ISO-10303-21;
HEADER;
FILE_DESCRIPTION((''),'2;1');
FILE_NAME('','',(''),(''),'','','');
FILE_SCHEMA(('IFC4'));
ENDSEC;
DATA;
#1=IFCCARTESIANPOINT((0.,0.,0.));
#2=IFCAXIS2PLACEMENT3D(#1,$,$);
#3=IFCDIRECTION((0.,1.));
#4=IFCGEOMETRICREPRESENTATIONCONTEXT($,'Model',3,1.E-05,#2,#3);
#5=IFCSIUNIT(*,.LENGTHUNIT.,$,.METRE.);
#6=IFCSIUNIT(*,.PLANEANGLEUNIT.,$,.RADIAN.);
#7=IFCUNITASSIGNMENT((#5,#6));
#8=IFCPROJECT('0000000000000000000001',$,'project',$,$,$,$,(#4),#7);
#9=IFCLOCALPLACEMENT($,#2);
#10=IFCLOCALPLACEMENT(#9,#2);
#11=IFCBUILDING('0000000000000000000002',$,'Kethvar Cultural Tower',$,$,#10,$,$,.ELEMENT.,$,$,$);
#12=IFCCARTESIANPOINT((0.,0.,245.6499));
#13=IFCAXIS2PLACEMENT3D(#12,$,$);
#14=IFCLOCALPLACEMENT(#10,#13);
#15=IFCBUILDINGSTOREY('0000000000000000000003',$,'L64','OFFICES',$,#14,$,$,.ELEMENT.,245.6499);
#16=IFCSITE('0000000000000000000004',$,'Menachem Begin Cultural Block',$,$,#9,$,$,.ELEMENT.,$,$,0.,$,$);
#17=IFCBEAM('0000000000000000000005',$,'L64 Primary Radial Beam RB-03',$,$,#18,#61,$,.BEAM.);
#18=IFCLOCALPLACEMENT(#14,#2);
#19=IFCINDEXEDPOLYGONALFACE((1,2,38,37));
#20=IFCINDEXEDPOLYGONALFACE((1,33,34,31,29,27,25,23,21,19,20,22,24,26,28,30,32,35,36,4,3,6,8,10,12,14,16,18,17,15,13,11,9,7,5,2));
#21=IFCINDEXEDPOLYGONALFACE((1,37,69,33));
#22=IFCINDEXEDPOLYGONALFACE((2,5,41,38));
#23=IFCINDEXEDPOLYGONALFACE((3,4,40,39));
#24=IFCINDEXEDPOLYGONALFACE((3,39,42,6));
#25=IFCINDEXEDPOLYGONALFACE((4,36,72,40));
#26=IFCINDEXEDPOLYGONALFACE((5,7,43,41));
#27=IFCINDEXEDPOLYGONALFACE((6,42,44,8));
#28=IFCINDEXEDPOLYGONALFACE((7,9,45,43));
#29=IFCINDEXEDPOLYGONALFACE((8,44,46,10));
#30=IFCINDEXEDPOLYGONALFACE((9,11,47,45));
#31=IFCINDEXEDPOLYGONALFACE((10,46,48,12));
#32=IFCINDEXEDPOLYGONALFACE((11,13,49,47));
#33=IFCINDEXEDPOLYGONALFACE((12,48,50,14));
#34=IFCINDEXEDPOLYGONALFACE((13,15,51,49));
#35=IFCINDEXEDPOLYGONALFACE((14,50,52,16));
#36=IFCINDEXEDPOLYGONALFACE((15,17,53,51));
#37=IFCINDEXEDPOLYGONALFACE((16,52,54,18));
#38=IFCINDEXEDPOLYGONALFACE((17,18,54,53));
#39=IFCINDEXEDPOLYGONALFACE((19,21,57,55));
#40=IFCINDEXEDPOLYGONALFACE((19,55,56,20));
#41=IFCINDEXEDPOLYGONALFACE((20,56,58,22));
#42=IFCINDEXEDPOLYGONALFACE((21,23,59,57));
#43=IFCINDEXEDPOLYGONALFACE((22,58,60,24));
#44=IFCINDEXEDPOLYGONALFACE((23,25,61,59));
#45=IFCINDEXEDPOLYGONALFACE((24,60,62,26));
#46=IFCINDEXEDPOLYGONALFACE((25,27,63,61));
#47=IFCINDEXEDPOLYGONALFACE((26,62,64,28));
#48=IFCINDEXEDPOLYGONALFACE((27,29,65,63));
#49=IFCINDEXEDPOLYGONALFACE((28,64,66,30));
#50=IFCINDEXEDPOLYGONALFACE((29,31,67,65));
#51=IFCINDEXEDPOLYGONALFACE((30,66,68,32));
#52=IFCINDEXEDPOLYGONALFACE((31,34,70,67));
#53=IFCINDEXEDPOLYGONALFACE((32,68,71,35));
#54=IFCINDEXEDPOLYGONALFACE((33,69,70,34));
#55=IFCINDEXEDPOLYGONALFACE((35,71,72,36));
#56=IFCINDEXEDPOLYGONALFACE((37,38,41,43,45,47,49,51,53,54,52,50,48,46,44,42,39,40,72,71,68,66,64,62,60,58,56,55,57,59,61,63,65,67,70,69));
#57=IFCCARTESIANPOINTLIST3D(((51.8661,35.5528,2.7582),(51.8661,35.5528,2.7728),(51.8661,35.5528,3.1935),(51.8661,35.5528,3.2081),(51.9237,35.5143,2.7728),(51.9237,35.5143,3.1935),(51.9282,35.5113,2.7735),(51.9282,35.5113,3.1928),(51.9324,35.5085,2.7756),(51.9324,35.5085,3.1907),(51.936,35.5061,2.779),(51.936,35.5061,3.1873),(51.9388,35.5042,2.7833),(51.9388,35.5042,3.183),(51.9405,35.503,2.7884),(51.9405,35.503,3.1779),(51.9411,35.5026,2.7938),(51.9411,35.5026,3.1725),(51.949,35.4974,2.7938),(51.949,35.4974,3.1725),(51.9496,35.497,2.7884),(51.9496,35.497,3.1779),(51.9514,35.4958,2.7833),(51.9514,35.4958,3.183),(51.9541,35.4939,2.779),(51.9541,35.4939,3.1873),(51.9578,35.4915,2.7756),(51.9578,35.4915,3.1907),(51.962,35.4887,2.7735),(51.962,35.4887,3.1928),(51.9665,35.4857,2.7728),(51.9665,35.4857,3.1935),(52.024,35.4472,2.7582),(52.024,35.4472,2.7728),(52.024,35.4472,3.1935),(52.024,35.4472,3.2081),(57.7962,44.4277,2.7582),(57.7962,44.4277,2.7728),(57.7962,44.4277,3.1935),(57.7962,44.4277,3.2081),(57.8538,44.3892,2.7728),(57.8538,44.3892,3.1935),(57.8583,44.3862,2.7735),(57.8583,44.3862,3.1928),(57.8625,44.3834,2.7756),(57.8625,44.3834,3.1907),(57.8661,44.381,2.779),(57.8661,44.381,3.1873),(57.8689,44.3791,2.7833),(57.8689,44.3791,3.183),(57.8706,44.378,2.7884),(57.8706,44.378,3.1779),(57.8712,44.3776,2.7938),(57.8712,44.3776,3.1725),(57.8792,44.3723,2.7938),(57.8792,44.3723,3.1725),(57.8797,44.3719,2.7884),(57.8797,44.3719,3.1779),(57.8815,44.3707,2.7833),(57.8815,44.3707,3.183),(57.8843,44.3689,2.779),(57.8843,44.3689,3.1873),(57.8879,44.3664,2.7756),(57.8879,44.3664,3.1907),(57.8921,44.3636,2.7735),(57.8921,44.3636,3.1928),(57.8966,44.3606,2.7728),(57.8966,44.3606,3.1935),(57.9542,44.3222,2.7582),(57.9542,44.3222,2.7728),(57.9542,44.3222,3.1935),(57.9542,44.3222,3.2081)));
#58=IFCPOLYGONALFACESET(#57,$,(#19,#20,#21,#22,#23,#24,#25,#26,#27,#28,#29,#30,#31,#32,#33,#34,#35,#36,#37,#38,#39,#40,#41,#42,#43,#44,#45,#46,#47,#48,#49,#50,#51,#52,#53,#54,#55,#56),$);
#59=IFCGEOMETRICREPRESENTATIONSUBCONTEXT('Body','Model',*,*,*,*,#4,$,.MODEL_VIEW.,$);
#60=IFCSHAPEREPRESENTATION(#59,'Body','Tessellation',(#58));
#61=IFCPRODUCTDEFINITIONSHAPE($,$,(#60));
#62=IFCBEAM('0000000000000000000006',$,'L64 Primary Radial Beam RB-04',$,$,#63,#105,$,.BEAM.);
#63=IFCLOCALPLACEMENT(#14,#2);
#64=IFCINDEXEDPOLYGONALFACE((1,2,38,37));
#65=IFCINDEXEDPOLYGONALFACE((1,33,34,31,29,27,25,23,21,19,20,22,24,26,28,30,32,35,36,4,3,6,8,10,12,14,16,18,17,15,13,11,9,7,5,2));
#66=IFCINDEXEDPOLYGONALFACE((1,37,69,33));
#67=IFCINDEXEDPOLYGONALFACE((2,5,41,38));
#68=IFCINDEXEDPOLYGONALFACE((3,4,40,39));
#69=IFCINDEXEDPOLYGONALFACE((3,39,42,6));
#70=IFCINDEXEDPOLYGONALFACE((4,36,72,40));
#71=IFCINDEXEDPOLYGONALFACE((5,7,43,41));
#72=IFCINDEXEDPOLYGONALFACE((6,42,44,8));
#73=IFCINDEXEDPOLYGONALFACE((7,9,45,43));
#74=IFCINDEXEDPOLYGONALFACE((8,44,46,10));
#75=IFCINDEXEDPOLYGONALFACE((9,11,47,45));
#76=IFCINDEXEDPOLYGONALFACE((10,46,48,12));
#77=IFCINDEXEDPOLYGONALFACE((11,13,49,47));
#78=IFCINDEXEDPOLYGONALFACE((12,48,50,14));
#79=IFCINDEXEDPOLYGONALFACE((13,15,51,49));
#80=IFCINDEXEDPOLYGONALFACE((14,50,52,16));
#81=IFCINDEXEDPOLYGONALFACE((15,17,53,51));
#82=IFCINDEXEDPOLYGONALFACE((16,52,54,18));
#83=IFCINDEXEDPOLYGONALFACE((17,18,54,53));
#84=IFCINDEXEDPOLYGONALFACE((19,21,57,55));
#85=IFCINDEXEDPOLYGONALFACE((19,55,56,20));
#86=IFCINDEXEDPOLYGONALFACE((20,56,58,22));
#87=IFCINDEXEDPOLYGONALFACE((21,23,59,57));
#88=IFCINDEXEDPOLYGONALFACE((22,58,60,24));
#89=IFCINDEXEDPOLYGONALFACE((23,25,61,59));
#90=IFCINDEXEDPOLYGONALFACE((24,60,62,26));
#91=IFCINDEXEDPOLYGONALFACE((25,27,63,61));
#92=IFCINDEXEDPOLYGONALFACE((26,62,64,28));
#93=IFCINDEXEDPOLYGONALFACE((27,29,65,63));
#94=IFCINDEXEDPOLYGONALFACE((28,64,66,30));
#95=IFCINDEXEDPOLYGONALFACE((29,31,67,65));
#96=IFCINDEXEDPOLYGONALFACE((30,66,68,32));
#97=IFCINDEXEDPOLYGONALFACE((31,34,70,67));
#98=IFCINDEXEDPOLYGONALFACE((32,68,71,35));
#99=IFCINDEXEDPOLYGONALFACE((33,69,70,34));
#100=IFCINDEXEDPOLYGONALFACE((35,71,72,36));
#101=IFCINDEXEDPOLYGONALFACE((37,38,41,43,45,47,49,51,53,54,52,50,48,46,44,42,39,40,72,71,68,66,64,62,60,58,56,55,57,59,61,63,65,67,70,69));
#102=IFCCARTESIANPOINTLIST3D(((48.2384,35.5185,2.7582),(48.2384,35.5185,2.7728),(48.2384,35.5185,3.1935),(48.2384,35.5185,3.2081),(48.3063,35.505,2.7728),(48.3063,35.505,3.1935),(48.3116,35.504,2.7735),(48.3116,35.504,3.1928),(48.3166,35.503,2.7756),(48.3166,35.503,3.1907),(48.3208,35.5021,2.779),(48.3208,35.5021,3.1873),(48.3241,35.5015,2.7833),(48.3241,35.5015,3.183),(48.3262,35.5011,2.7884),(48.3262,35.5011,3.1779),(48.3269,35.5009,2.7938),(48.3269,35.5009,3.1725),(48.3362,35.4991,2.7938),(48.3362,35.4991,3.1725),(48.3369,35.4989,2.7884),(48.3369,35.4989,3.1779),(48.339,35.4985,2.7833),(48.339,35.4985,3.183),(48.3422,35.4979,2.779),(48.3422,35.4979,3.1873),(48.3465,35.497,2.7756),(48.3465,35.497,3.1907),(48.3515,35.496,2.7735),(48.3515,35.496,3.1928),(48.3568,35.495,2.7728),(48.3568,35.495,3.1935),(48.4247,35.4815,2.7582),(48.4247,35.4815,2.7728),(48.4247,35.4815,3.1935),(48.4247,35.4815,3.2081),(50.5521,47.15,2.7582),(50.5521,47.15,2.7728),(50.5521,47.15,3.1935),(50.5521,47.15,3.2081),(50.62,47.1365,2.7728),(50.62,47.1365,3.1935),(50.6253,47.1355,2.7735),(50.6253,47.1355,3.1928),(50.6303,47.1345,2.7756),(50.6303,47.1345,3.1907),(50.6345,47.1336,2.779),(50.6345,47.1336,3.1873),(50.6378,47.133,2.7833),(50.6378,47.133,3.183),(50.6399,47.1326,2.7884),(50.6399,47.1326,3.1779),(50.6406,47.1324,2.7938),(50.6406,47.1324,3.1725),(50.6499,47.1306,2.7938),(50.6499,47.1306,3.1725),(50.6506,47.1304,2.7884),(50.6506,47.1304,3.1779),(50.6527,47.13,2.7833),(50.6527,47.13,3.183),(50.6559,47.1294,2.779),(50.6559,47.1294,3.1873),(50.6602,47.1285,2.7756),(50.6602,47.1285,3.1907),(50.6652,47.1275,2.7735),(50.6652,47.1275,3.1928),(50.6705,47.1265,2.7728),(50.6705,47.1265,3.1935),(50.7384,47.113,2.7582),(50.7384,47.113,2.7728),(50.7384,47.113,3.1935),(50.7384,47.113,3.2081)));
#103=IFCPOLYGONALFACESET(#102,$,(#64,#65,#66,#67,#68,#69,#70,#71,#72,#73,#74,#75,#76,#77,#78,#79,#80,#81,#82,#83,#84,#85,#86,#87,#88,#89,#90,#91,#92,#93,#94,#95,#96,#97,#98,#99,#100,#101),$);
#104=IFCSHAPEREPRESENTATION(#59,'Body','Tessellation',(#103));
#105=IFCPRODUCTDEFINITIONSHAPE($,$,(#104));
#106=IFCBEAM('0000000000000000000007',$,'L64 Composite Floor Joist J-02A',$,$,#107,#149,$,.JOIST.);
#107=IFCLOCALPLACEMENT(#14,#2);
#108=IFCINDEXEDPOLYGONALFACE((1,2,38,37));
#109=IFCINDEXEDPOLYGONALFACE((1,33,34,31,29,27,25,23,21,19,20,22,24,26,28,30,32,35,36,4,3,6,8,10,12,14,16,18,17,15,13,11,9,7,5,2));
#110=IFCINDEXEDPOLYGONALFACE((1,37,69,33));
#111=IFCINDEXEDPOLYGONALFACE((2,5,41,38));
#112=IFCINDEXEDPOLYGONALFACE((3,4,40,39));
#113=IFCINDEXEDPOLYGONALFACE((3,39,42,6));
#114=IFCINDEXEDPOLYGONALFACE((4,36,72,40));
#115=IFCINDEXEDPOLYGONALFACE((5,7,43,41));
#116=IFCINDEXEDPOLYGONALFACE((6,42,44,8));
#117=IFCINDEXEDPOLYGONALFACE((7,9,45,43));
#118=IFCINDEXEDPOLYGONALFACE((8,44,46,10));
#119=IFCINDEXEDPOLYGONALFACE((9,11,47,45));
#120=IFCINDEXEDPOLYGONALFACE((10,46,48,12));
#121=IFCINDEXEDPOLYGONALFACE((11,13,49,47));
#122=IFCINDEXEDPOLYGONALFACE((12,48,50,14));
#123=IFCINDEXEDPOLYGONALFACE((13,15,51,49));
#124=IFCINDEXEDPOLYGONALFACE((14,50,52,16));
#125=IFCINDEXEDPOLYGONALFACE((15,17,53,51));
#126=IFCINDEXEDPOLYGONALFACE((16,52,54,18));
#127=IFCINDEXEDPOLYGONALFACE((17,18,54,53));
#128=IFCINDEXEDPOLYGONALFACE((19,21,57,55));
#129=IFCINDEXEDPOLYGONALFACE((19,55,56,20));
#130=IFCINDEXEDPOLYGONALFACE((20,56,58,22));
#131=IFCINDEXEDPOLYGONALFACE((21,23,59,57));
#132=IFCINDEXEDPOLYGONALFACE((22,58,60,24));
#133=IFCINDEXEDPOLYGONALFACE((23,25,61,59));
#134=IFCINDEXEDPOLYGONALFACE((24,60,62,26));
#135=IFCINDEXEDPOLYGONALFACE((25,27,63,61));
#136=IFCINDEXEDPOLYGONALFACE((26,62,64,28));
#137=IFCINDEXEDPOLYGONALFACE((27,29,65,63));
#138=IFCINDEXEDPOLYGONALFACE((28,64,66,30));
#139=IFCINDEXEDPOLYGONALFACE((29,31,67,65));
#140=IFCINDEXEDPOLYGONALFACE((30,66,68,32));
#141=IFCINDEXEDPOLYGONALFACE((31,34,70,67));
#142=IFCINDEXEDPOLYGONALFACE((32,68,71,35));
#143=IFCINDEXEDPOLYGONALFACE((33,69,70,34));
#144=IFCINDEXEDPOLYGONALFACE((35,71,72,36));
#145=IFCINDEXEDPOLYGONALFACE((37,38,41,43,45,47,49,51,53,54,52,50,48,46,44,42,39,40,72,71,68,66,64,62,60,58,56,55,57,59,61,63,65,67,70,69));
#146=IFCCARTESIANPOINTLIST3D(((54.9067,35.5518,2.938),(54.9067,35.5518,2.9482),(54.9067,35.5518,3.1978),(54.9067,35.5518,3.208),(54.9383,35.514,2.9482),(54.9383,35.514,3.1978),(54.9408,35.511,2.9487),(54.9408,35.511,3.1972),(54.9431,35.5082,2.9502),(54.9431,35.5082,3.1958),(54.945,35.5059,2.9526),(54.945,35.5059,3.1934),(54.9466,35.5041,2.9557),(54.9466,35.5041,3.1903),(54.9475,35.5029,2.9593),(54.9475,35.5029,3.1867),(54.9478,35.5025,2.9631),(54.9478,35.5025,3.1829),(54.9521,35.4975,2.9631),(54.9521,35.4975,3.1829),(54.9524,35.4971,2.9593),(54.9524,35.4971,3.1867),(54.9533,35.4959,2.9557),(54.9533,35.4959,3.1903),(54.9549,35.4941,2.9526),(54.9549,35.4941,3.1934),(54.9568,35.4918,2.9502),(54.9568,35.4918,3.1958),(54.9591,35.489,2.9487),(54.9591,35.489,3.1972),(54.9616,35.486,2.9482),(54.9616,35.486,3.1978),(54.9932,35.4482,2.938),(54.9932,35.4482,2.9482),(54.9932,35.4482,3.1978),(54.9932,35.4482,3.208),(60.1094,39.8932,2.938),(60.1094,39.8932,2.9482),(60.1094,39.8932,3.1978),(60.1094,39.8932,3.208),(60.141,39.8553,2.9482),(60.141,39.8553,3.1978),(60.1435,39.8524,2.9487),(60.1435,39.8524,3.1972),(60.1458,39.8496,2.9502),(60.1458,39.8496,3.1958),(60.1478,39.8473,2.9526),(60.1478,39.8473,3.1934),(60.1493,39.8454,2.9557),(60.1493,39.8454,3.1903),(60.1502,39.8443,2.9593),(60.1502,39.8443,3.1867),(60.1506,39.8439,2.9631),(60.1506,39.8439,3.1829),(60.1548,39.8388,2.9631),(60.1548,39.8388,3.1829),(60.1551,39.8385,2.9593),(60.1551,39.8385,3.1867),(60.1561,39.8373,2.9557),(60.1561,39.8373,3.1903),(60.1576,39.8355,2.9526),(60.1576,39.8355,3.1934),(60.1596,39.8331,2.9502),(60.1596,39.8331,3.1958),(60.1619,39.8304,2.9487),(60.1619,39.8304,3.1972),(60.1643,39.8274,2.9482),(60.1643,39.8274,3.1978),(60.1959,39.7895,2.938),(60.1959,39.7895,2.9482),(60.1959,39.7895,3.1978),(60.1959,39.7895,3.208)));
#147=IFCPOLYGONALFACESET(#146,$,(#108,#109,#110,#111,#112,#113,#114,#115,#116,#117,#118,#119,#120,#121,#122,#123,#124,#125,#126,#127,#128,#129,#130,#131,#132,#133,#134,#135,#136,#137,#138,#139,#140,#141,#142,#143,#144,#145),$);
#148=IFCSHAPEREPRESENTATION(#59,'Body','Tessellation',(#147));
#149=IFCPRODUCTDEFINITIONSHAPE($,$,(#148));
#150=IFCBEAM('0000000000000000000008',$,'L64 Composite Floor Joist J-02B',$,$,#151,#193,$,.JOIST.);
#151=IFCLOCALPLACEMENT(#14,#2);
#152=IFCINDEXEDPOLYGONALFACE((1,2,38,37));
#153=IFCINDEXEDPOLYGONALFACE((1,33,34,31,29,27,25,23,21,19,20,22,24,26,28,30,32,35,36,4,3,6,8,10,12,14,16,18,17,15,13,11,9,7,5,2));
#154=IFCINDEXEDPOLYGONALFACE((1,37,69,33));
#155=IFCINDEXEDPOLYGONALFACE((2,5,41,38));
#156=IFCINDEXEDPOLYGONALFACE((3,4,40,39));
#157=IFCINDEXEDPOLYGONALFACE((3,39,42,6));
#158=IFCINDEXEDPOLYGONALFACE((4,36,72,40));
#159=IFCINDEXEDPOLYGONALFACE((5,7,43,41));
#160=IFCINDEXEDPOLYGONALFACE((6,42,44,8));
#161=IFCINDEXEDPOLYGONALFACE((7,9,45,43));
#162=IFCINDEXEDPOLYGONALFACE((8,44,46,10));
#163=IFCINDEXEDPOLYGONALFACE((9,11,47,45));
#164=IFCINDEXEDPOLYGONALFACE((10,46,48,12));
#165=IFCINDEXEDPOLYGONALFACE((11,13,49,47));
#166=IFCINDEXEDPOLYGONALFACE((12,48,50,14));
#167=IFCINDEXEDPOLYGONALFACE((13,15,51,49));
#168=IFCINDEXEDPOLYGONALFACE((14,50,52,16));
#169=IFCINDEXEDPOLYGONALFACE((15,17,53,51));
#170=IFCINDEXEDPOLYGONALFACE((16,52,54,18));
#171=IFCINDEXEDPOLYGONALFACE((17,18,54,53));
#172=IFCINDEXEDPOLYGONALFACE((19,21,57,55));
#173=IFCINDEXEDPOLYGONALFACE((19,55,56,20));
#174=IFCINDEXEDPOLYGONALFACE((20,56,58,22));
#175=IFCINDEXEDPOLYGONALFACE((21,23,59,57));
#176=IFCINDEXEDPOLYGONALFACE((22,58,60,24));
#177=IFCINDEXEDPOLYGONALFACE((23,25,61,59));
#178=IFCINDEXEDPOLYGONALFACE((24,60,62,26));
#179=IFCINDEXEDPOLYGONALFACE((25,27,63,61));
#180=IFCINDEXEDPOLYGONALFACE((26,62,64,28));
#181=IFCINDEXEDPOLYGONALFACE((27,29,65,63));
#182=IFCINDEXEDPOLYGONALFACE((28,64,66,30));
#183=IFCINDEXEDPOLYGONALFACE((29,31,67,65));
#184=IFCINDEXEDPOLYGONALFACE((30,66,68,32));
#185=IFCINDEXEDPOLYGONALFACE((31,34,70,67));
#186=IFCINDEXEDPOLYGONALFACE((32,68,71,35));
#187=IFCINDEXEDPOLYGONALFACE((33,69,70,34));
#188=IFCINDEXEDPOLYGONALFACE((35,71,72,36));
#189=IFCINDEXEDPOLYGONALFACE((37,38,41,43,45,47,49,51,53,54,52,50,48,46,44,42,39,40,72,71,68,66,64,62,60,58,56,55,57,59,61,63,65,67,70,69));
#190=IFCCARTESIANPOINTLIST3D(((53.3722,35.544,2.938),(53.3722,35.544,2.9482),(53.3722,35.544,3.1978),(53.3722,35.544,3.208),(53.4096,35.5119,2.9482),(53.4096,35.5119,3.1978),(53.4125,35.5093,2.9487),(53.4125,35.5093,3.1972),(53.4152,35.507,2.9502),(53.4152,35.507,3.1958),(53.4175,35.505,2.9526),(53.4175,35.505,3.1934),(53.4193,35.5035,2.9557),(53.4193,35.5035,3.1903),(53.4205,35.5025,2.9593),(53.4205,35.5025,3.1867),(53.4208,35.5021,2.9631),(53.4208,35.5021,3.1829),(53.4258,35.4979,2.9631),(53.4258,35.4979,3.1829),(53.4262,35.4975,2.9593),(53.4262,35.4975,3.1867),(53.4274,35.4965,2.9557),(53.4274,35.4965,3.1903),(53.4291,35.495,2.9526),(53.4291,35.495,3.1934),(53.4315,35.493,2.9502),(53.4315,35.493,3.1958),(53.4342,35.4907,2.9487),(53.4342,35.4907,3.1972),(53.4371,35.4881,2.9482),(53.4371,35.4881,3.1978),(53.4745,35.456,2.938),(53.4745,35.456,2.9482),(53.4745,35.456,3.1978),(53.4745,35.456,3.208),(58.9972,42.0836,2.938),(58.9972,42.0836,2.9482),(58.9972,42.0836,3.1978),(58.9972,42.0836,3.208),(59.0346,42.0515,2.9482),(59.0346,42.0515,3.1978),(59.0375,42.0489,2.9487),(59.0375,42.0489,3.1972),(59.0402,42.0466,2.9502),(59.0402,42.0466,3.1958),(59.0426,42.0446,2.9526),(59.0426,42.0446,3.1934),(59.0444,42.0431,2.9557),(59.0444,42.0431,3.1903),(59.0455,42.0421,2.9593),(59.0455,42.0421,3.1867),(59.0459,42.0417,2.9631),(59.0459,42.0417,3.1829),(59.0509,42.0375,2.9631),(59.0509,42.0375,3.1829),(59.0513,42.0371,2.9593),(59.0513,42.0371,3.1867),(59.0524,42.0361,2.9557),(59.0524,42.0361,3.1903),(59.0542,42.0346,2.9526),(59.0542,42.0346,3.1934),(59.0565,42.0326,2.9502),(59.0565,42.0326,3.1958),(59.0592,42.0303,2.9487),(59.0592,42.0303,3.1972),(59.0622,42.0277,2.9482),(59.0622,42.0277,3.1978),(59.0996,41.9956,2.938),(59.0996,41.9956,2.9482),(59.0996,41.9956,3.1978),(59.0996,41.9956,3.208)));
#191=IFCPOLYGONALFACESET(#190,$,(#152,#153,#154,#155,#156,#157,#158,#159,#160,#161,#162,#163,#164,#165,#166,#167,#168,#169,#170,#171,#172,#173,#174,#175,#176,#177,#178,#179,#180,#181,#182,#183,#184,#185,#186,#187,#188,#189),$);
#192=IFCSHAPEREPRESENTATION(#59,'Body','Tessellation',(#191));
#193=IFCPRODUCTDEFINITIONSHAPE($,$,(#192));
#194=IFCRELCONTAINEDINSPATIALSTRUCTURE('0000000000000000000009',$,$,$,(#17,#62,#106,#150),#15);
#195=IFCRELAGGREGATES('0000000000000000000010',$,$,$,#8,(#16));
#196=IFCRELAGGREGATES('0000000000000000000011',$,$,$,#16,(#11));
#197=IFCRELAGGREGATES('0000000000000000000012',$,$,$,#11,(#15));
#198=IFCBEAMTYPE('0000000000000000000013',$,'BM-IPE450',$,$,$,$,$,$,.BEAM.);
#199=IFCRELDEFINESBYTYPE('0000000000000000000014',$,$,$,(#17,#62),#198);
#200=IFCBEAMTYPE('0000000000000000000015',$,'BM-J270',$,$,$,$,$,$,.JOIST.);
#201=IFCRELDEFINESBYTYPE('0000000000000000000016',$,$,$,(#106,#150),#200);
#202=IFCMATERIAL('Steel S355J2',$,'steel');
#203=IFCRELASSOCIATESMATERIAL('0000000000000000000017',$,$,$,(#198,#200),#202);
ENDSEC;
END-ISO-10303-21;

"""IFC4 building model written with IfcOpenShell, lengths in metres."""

from ifc_helpers import new_model, si_unit, direction, frame, origin, origin_2d, place, context, subcontext, project, spatial, i_section, extrude, source, transform, mapped, material, material_profile, profile_set, type_object, element, save


model = new_model("IFC4")

# Units and contexts
model_context = context("Model", 3, precision=1e-05, world=origin(), true_north=direction((0.0, 1.0)))
body_context = subcontext(model_context, "Body", "Model", "MODEL_VIEW")
ifc_project = project(units=[si_unit("LENGTHUNIT", "METRE"), si_unit("PLANEANGLEUNIT", "RADIAN")], contexts=[model_context])

# Site, building, storey
site_placement = place(None, origin())
site = spatial("IfcSite", under=ifc_project, at=site_placement, Name="Menachem Begin Cultural Block", CompositionType="ELEMENT", RefElevation=0.0)
building_placement = place(site_placement, origin())
building = spatial("IfcBuilding", under=site, at=building_placement, Name="Kethvar Cultural Tower", CompositionType="ELEMENT")
storey_placement = place(building_placement, frame((0.0, 0.0, 245.6499)))
storey = spatial("IfcBuildingStorey", under=building, at=storey_placement, Name="L64", Description="OFFICES", CompositionType="ELEMENT", Elevation=245.6499)

# Beams
ifc_material_1 = material(Name="Steel S355J2", Category="steel")
ifc_material_profile_1 = material_profile(ifc_material_1, i_section(OverallWidth=0.1899, OverallDepth=0.45, WebThickness=0.0095, FlangeThickness=0.0146, FilletRadius=0.021, at=origin_2d()), Name="Steel S355J2 — IPE450")
ifc_profile_set_1 = profile_set([ifc_material_profile_1], Name="Steel S355J2 — IPE450")
beam_type_1 = type_object("IfcBeamType", Name="BM-IPE450", PredefinedType="BEAM", material=ifc_profile_set_1)
shared_shape_1 = source(origin(), body_context, "Body", "SweptSolid", [
    extrude(i_section(OverallWidth=0.1899, OverallDepth=0.45, WebThickness=0.0095, FlangeThickness=0.0146, FilletRadius=0.021, at=origin_2d()), origin(), (0.0, 0.0, 1.0), 10.6738),
])
beam_1_placement = place(storey_placement, frame((51.9451, 35.5, 2.9832), z_axis=(0.555576, 0.831466, 0.0), x_axis=(-0.831466, 0.555576, 0.0)))
element("IfcBeam", 1, at=beam_1_placement, inside=storey, type_object=beam_type_1, Name="L64 Primary Radial Beam RB-03", PredefinedType="BEAM", context=body_context, shape_type="MappedRepresentation", body=[
    mapped(shared_shape_1, transform((0.0, 0.0, 0.0), scale=1.0)),
])
shared_shape_2 = source(origin(), body_context, "Body", "SweptSolid", [
    extrude(i_section(OverallWidth=0.1899, OverallDepth=0.45, WebThickness=0.0095, FlangeThickness=0.0146, FilletRadius=0.021, at=origin_2d()), origin(), (0.0, 0.0, 1.0), 11.8594),
])
beam_2_placement = place(storey_placement, frame((48.3315, 35.5, 2.9832), z_axis=(0.195095, 0.980784, 0.0), x_axis=(-0.980784, 0.195095, 0.0)))
element("IfcBeam", 2, at=beam_2_placement, inside=storey, type_object=beam_type_1, Name="L64 Primary Radial Beam RB-04", PredefinedType="BEAM", context=body_context, shape_type="MappedRepresentation", body=[
    mapped(shared_shape_2, transform((0.0, 0.0, 0.0), scale=1.0)),
])
ifc_material_profile_2 = material_profile(ifc_material_1, i_section(OverallWidth=0.135, OverallDepth=0.27, WebThickness=0.0066, FlangeThickness=0.0103, FilletRadius=0.0149, at=origin_2d()), Name="Steel S355J2 — IPE270")
ifc_profile_set_2 = profile_set([ifc_material_profile_2], Name="Steel S355J2 — IPE270")
beam_type_2 = type_object("IfcBeamType", Name="BM-J270", PredefinedType="JOIST", material=ifc_profile_set_2)
shared_shape_3 = source(origin(), body_context, "Body", "SweptSolid", [
    extrude(i_section(OverallWidth=0.135, OverallDepth=0.27, WebThickness=0.0066, FlangeThickness=0.0103, FilletRadius=0.0149, at=origin_2d()), origin(), (0.0, 0.0, 1.0), 6.7761),
])
beam_3_placement = place(storey_placement, frame((54.95, 35.5, 3.073), z_axis=(0.767802, 0.640688, 0.0), x_axis=(-0.640688, 0.767802, 0.0)))
element("IfcBeam", 3, at=beam_3_placement, inside=storey, type_object=beam_type_2, Name="L64 Composite Floor Joist J-02A", PredefinedType="JOIST", context=body_context, shape_type="MappedRepresentation", body=[
    mapped(shared_shape_3, transform((0.0, 0.0, 0.0), scale=1.0)),
])
shared_shape_4 = source(origin(), body_context, "Body", "SweptSolid", [
    extrude(i_section(OverallWidth=0.135, OverallDepth=0.27, WebThickness=0.0066, FlangeThickness=0.0103, FilletRadius=0.0149, at=origin_2d()), origin(), (0.0, 0.0, 1.0), 8.626),
])
beam_4_placement = place(storey_placement, frame((53.4233, 35.5, 3.073), z_axis=(0.652105, 0.758129, 0.0), x_axis=(-0.758129, 0.652105, 0.0)))
element("IfcBeam", 4, at=beam_4_placement, inside=storey, type_object=beam_type_2, Name="L64 Composite Floor Joist J-02B", PredefinedType="JOIST", context=body_context, shape_type="MappedRepresentation", body=[
    mapped(shared_shape_4, transform((0.0, 0.0, 0.0), scale=1.0)),
])

save(model, "model.ifc")
